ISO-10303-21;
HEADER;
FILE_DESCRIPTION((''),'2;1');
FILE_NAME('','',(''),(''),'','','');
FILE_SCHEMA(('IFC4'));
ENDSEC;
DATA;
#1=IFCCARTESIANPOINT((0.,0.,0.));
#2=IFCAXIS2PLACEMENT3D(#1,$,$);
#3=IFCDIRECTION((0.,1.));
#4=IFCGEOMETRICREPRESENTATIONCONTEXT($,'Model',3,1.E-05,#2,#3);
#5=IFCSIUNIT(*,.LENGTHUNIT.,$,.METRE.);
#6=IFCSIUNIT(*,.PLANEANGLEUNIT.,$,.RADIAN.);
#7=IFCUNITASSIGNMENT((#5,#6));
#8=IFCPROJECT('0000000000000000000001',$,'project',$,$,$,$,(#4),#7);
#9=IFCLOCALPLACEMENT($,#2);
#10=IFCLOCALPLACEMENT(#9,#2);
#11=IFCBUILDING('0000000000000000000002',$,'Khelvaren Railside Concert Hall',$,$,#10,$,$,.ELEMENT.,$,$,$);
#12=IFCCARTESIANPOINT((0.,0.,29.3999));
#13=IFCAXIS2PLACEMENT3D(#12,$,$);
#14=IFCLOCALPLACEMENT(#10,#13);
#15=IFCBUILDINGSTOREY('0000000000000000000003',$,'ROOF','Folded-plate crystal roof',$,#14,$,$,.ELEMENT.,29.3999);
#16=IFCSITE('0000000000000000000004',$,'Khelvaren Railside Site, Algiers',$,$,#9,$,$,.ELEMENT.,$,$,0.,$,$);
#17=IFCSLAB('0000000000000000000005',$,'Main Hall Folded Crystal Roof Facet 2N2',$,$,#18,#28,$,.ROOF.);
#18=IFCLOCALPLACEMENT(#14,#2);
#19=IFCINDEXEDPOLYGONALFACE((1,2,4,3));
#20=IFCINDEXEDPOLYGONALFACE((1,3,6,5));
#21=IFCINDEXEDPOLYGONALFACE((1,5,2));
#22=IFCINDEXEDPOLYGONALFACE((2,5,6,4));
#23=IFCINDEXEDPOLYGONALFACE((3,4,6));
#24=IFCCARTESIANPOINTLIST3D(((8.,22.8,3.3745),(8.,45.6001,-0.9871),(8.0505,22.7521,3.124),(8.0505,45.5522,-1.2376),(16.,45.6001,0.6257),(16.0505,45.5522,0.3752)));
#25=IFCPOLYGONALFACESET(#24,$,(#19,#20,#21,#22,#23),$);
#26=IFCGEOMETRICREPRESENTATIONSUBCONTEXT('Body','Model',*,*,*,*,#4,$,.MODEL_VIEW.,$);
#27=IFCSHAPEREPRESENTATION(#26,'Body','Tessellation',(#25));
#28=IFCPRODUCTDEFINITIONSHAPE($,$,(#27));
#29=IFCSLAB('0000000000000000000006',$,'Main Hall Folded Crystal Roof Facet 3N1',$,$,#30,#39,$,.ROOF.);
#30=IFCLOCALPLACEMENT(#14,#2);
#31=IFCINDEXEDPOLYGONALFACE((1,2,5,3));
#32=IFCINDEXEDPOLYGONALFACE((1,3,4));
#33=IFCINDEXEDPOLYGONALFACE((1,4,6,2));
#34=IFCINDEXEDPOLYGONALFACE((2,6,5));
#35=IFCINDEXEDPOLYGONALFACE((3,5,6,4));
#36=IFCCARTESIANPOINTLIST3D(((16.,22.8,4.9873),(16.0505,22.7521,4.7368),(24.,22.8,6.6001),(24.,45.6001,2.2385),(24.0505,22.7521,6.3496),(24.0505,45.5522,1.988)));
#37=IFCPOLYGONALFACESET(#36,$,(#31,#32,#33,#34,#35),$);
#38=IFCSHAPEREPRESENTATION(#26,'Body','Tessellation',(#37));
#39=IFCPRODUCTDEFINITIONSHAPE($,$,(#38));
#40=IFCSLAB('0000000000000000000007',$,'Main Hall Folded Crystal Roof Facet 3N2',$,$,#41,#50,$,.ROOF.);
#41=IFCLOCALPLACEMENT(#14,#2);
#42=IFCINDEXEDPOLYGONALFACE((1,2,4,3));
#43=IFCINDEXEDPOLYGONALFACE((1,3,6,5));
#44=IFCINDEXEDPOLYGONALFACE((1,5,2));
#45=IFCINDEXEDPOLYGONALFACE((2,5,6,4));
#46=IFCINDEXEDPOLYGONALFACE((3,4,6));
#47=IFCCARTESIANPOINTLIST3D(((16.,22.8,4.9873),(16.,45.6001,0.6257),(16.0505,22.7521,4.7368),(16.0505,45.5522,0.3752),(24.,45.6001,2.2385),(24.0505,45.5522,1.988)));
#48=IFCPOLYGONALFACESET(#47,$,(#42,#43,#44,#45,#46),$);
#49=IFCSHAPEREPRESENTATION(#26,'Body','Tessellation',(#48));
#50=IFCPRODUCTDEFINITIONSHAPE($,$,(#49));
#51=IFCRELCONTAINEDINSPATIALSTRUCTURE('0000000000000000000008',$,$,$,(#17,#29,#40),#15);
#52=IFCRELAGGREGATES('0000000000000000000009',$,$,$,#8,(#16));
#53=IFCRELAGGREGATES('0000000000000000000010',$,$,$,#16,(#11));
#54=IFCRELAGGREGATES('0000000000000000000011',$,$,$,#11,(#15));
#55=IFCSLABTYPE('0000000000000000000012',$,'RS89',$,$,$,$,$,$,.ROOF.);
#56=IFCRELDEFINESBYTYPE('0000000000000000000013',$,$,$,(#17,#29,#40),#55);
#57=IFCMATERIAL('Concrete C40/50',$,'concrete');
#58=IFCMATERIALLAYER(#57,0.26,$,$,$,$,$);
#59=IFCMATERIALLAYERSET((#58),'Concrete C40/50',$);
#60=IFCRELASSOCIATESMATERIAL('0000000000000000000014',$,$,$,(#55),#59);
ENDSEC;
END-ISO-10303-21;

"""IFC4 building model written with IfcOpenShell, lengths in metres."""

from ifc_helpers import new_model, si_unit, direction, frame, origin, place, context, subcontext, project, spatial, polyline, outline, extrude, material, layer, layer_set, type_object, element, save


model = new_model("IFC4")

# Units and contexts
model_context = context("Model", 3, precision=1e-05, world=origin(), true_north=direction((0.0, 1.0)))
body_context = subcontext(model_context, "Body", "Model", "MODEL_VIEW")
ifc_project = project(units=[si_unit("LENGTHUNIT", "METRE"), si_unit("PLANEANGLEUNIT", "RADIAN")], contexts=[model_context])

# Site, building, storey
site_placement = place(None, origin())
site = spatial("IfcSite", under=ifc_project, at=site_placement, Name="Khelvaren Railside Site, Algiers", CompositionType="ELEMENT", RefElevation=0.0)
building_placement = place(site_placement, origin())
building = spatial("IfcBuilding", under=site, at=building_placement, Name="Khelvaren Railside Concert Hall", CompositionType="ELEMENT")
storey_placement = place(building_placement, frame((0.0, 0.0, 29.3999)))
storey = spatial("IfcBuildingStorey", under=building, at=storey_placement, Name="ROOF", Description="Folded-plate crystal roof", CompositionType="ELEMENT", Elevation=29.3999)

# Slabs
ifc_material_1 = material(Name="Concrete C40/50", Category="concrete")
ifc_layer_1 = layer(ifc_material_1, 0.26)
ifc_layer_set_1 = layer_set([ifc_layer_1], Name="Concrete C40/50")
slab_type = type_object("IfcSlabType", Name="RS89", PredefinedType="ROOF", material=ifc_layer_set_1)
slab_1_placement = place(storey_placement, frame((8.0, 22.8, 3.3745), z_axis=(-0.194238, 0.184311, 0.963484), x_axis=(0.328965, 0.937553, -0.113032)))
element("IfcSlab", 1, at=slab_1_placement, inside=storey, type_object=slab_type, Name="Main Hall Folded Crystal Roof Facet 2N2", PredefinedType="ROOF", context=body_context, shape_type="SweptSolid", body=[
    extrude(outline(polyline([(0.0, 0.0), (24.3187, 0.0), (21.8693, 7.7847), (0.0, 0.0)])), origin(), (0.0, 0.0, -1.0), 0.26),
])
slab_2_placement = place(storey_placement, frame((16.0, 22.8, 4.9873), z_axis=(-0.194238, 0.184311, 0.963484), x_axis=(0.980278, 0.0, 0.197623)))
element("IfcSlab", 2, at=slab_2_placement, inside=storey, type_object=slab_type, Name="Main Hall Folded Crystal Roof Facet 3N1", PredefinedType="ROOF", context=body_context, shape_type="SweptSolid", body=[
    extrude(outline(polyline([(0.0, 0.0), (8.1609, 0.0), (7.299, 23.1975), (0.0, 0.0)])), origin(), (0.0, 0.0, -1.0), 0.26),
])
slab_3_placement = place(storey_placement, frame((16.0, 22.8, 4.9873), z_axis=(-0.194238, 0.184311, 0.963484), x_axis=(0.328965, 0.937553, -0.113032)))
element("IfcSlab", 3, at=slab_3_placement, inside=storey, type_object=slab_type, Name="Main Hall Folded Crystal Roof Facet 3N2", PredefinedType="ROOF", context=body_context, shape_type="SweptSolid", body=[
    extrude(outline(polyline([(0.0, 0.0), (24.3187, 0.0), (21.8693, 7.7847), (0.0, 0.0)])), origin(), (0.0, 0.0, -1.0), 0.26),
])

save(model, "model.ifc")
